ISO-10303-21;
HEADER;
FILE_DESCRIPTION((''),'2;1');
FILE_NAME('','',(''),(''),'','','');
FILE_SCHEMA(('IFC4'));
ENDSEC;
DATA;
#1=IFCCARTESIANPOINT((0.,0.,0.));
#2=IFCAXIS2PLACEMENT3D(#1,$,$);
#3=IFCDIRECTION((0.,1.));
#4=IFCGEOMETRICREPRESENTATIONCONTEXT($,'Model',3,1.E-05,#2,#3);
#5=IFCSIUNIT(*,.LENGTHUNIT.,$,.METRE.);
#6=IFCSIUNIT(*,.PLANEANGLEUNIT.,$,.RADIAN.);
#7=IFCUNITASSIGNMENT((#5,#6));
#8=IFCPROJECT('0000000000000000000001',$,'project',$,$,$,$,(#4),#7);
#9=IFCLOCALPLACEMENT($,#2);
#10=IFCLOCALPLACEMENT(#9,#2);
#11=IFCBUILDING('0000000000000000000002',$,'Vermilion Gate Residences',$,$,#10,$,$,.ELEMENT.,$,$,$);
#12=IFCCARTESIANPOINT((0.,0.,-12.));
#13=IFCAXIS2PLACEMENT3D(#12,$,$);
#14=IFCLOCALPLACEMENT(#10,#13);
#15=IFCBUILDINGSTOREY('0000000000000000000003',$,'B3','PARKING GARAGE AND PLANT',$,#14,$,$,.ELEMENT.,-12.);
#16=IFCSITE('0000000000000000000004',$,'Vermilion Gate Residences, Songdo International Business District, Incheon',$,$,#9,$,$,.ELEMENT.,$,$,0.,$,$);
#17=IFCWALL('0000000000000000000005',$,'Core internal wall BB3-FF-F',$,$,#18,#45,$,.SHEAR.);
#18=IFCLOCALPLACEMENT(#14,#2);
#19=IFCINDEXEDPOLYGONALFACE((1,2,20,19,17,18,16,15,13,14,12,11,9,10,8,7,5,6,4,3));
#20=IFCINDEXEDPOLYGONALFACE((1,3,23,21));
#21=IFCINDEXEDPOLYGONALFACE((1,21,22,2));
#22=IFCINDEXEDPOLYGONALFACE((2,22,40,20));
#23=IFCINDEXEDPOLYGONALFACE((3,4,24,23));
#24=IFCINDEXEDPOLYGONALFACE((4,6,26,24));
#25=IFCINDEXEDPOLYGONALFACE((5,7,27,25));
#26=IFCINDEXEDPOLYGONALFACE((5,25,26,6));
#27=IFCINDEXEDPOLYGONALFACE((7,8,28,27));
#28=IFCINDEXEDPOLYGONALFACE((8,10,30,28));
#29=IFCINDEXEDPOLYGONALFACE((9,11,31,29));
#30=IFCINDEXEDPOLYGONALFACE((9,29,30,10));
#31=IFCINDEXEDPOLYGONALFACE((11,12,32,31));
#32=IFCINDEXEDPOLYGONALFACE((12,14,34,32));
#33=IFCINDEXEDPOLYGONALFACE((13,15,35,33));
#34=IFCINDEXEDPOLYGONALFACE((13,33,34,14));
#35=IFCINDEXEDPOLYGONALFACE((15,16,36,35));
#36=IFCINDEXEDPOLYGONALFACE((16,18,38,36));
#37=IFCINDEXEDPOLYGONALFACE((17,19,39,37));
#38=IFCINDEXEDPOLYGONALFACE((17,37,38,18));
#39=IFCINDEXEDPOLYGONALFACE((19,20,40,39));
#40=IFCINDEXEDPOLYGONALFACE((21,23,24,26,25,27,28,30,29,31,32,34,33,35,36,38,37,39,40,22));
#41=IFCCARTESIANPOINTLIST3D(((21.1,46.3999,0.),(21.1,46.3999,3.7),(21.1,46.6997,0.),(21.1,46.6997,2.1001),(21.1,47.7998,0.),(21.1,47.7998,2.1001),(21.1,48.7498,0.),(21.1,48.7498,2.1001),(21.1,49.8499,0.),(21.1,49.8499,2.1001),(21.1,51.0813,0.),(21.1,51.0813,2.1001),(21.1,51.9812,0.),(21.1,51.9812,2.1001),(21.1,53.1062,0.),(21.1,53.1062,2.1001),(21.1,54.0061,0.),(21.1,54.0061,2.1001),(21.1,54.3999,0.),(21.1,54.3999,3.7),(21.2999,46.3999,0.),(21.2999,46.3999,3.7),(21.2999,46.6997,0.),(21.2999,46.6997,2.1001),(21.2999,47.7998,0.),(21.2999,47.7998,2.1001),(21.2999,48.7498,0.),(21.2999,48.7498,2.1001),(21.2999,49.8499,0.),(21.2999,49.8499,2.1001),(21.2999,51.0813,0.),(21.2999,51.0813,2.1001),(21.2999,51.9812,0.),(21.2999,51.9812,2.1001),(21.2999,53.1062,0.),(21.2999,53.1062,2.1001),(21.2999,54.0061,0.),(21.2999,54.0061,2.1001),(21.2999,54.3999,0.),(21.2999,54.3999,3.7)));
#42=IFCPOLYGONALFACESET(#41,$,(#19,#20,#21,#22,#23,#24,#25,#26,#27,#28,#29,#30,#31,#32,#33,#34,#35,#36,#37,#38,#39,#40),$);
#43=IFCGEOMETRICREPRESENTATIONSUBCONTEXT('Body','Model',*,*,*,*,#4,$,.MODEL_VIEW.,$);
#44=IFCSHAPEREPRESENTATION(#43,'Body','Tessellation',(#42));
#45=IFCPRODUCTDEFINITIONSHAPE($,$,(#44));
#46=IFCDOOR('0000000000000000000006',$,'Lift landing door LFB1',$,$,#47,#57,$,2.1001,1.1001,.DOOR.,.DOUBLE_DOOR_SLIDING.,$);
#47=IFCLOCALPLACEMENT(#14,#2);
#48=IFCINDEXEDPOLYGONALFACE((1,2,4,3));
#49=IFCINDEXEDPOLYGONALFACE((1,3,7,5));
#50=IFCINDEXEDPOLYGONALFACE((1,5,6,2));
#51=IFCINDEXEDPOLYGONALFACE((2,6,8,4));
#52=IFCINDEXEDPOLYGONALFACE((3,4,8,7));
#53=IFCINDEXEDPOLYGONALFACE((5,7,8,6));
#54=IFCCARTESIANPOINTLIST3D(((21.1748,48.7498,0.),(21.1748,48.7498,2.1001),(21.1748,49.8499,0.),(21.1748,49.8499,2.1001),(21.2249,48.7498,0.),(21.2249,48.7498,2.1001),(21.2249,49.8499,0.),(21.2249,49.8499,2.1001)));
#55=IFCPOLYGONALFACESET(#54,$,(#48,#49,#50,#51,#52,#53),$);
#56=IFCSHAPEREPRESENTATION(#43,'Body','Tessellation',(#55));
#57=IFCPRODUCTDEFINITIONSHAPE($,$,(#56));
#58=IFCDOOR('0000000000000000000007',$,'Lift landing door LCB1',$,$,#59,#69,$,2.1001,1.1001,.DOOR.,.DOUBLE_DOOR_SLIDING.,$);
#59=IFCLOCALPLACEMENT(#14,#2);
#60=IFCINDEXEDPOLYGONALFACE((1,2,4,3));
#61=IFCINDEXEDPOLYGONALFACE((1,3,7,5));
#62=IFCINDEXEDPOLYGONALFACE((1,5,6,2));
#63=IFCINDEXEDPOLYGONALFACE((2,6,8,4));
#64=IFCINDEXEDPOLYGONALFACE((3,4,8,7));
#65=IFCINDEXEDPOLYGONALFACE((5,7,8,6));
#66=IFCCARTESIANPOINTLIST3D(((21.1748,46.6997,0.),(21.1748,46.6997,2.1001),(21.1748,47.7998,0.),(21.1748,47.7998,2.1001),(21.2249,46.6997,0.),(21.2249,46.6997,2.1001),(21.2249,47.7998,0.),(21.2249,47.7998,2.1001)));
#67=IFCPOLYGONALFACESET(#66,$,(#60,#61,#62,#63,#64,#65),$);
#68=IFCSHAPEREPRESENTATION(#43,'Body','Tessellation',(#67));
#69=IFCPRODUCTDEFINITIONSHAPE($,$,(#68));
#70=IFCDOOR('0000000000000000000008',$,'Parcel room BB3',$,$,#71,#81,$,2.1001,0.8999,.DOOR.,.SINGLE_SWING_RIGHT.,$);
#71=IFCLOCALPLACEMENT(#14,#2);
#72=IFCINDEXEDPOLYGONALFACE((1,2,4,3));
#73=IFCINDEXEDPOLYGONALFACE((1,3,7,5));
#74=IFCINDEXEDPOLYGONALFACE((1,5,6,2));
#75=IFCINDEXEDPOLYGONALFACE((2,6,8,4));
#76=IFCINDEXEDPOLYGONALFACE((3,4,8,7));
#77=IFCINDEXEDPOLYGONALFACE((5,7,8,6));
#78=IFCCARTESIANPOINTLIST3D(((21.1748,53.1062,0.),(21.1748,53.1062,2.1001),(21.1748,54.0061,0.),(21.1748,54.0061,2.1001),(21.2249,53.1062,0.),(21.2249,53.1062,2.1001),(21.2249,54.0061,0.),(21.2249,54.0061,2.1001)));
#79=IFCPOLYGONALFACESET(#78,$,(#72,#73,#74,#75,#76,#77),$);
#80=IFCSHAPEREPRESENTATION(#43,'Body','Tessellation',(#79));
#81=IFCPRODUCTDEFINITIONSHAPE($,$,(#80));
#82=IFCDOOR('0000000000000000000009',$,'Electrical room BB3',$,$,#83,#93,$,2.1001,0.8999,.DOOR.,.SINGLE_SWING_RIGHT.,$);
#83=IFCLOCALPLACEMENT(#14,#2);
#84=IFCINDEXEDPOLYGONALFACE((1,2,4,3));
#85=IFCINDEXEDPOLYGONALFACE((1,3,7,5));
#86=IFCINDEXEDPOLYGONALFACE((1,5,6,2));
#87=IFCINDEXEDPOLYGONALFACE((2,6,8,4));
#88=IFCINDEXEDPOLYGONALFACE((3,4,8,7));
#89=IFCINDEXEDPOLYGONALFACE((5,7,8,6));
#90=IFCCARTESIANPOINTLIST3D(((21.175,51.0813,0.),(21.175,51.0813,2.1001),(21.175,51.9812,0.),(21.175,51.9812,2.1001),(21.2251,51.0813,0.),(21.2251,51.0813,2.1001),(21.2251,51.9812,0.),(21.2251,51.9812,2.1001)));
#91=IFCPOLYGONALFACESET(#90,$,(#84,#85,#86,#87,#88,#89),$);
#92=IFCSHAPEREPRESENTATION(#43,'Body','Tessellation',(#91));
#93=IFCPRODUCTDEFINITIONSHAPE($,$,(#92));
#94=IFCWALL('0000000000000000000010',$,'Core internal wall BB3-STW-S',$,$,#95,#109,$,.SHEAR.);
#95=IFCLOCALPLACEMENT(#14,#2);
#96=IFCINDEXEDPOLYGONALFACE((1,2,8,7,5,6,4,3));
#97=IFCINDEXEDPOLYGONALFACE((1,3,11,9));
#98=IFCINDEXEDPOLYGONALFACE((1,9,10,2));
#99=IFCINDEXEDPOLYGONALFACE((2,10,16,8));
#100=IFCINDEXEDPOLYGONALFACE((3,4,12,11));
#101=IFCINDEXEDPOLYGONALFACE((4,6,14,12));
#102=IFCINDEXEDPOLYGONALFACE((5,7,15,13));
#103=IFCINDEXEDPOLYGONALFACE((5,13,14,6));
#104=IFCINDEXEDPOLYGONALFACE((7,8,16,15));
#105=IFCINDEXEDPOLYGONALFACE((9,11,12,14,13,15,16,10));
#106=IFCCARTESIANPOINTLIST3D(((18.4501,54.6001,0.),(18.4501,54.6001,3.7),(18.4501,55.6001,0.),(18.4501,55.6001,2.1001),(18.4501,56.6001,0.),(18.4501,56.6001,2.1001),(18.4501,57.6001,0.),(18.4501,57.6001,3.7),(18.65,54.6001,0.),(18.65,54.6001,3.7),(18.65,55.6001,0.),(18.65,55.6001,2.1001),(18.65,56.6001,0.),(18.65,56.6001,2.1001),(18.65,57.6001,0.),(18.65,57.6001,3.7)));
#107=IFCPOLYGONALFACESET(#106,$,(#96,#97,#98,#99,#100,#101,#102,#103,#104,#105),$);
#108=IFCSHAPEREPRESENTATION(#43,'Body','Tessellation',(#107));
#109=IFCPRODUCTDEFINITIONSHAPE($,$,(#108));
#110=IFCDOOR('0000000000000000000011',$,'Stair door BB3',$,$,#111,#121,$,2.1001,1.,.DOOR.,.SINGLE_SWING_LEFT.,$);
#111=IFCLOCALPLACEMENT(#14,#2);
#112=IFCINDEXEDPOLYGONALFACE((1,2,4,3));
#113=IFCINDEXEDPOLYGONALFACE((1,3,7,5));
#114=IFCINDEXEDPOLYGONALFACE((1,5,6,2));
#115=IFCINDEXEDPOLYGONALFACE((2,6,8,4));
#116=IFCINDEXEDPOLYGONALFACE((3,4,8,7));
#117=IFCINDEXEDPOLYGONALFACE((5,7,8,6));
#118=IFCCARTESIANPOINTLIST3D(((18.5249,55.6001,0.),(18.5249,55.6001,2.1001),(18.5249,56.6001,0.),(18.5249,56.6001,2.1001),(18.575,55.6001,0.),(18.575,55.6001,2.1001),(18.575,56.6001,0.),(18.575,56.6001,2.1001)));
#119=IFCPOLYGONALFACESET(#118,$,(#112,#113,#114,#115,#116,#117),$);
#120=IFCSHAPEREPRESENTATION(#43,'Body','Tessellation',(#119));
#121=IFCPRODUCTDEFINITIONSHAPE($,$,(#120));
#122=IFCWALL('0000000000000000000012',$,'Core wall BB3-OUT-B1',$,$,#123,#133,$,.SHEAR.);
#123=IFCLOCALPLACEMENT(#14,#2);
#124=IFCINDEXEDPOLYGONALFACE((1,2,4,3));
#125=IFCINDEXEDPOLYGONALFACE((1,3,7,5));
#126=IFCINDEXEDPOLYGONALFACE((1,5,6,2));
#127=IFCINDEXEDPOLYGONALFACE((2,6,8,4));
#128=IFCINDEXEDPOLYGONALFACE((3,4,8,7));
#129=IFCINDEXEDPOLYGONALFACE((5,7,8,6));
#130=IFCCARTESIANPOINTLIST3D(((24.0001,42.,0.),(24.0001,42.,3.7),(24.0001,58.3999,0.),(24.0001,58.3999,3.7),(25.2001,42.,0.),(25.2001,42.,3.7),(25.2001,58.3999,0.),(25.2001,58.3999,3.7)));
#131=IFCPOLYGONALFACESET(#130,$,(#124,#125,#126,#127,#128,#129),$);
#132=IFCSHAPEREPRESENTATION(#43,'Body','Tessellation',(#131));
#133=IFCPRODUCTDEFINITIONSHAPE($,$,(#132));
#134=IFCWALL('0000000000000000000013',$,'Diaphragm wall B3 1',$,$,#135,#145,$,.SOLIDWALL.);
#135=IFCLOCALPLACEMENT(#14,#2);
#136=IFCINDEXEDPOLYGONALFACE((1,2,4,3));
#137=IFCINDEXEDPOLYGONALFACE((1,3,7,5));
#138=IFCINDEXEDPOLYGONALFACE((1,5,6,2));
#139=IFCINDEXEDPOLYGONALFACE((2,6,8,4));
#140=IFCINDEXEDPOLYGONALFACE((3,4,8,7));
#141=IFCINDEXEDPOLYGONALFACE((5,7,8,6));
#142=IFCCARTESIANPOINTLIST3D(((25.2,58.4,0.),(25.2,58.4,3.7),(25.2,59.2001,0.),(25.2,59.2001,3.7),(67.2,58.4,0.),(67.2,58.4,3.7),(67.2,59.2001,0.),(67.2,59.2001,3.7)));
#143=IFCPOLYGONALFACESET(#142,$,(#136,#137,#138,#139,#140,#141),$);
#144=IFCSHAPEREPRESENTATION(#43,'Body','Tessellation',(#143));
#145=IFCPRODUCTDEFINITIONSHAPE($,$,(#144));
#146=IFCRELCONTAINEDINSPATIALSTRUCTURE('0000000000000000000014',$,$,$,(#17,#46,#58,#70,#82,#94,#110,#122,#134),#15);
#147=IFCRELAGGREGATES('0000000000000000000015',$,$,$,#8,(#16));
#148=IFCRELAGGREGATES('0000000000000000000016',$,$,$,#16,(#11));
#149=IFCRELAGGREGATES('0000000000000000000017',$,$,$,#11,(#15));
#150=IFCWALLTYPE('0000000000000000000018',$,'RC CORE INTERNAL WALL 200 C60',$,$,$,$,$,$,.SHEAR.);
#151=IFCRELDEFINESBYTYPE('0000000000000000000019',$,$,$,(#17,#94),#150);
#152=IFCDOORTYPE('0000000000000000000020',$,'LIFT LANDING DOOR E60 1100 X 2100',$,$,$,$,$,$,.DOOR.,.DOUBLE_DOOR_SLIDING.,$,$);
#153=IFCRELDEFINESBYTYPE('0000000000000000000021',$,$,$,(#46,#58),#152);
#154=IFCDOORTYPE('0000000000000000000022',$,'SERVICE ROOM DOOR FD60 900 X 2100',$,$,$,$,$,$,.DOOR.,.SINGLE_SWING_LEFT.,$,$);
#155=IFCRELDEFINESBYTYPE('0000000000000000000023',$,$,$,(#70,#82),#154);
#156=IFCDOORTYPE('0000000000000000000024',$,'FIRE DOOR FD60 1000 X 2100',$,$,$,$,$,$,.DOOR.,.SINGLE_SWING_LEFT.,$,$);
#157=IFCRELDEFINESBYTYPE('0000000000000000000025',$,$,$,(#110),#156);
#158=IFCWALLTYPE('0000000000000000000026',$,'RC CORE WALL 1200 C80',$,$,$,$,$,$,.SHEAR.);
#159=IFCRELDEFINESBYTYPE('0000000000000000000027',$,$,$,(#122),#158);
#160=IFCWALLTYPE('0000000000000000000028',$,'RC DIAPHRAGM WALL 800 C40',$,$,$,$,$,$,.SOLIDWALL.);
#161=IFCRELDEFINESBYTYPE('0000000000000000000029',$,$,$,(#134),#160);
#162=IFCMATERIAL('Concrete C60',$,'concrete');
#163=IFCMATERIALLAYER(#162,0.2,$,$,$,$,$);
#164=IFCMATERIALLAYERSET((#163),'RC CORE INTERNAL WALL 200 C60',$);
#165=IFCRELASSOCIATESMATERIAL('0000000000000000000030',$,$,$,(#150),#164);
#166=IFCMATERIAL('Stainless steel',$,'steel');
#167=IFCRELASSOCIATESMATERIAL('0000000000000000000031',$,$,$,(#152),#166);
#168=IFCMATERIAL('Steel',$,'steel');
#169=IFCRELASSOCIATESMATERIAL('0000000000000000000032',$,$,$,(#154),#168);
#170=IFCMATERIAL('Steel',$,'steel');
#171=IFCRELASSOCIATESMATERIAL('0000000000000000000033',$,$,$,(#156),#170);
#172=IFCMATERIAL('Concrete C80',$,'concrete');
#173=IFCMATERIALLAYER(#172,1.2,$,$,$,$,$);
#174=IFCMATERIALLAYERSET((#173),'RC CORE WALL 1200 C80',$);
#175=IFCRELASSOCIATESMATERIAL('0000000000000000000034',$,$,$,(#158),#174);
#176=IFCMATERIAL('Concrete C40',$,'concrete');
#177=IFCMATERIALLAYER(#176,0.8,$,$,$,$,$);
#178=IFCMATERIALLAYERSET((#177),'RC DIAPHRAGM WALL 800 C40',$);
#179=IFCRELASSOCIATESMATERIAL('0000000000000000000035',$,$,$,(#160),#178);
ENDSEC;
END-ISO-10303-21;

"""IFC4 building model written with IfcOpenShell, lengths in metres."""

from ifc_helpers import new_model, si_unit, direction, frame, frame_2d, origin, place, context, subcontext, project, spatial, rectangle, extrude, material, layer, layer_set, type_object, element, fill, save


model = new_model("IFC4")

# Units and contexts
model_context = context("Model", 3, precision=1e-05, world=origin(), true_north=direction((0.0, 1.0)))
body_context = subcontext(model_context, "Body", "Model", "MODEL_VIEW")
ifc_project = project(units=[si_unit("LENGTHUNIT", "METRE"), si_unit("PLANEANGLEUNIT", "RADIAN")], contexts=[model_context])

# Site, building, storey
site_placement = place(None, origin())
site = spatial("IfcSite", under=ifc_project, at=site_placement, Name="Vermilion Gate Residences, Songdo International Business District, Incheon", CompositionType="ELEMENT", RefElevation=0.0)
building_placement = place(site_placement, origin())
building = spatial("IfcBuilding", under=site, at=building_placement, Name="Vermilion Gate Residences", CompositionType="ELEMENT")
storey_placement = place(building_placement, frame((0.0, 0.0, -12.0)))
storey = spatial("IfcBuildingStorey", under=building, at=storey_placement, Name="B3", Description="PARKING GARAGE AND PLANT", CompositionType="ELEMENT", Elevation=-12.0)

# Shared definitions
ifc_material_1 = material(Name="Concrete C60", Category="concrete")
ifc_layer_1 = layer(ifc_material_1, 0.2)
ifc_layer_set_1 = layer_set([ifc_layer_1], Name="RC CORE INTERNAL WALL 200 C60")
wall_type_1 = type_object("IfcWallType", Name="RC CORE INTERNAL WALL 200 C60", PredefinedType="SHEAR", material=ifc_layer_set_1)

# Wall, openings, doors
wall_1_placement = place(storey_placement, frame((21.2, 54.3999, 0.0), z_axis=(0.0, 0.0, 1.0), x_axis=(0.0, -1.0, 0.0)))
wall_1 = element("IfcWall", 1, at=wall_1_placement, inside=storey, type_object=wall_type_1, Name="Core internal wall BB3-FF-F", PredefinedType="SHEAR", context=body_context, shape_type="SweptSolid", body=[
    extrude(rectangle(XDim=8.0, YDim=0.2, at=frame_2d((4.0, 0.0))), origin(), (0.0, 0.0, 1.0), 3.7),
])
opening_1_placement = place(wall_1_placement, frame((0.3938, 0.0, 0.0)))
opening_1 = element("IfcOpeningElement", 2, at=opening_1_placement, cuts=wall_1, PredefinedType="OPENING", context=body_context, shape_type="SweptSolid", body=[
    extrude(rectangle(XDim=0.8999, YDim=2.1001, at=frame_2d((0.45, 1.05))), frame((0.0, 0.1099, 0.0), z_axis=(0.0, -1.0, 0.0), x_axis=(1.0, 0.0, 0.0)), (0.0, 0.0, 1.0), 0.22),
])
opening_2_placement = place(wall_1_placement, frame((2.4187, 0.0, 0.0)))
opening_2 = element("IfcOpeningElement", 3, at=opening_2_placement, cuts=wall_1, PredefinedType="OPENING", context=body_context, shape_type="SweptSolid", body=[
    extrude(rectangle(XDim=0.8999, YDim=2.1001, at=frame_2d((0.45, 1.05))), frame((0.0, 0.1099, 0.0), z_axis=(0.0, -1.0, 0.0), x_axis=(1.0, 0.0, 0.0)), (0.0, 0.0, 1.0), 0.22),
])
opening_3_placement = place(wall_1_placement, frame((4.55, 0.0, 0.0)))
opening_3 = element("IfcOpeningElement", 4, at=opening_3_placement, cuts=wall_1, PredefinedType="OPENING", context=body_context, shape_type="SweptSolid", body=[
    extrude(rectangle(XDim=1.1001, YDim=2.1001, at=frame_2d((0.55, 1.05))), frame((0.0, 0.1099, 0.0), z_axis=(0.0, -1.0, 0.0), x_axis=(1.0, 0.0, 0.0)), (0.0, 0.0, 1.0), 0.22),
])
opening_4_placement = place(wall_1_placement, frame((6.6001, 0.0, 0.0)))
opening_4 = element("IfcOpeningElement", 5, at=opening_4_placement, cuts=wall_1, PredefinedType="OPENING", context=body_context, shape_type="SweptSolid", body=[
    extrude(rectangle(XDim=1.1001, YDim=2.1001, at=frame_2d((0.55, 1.05))), frame((0.0, 0.1099, 0.0), z_axis=(0.0, -1.0, 0.0), x_axis=(1.0, 0.0, 0.0)), (0.0, 0.0, 1.0), 0.22),
])
ifc_material_2 = material(Name="Stainless steel", Category="steel")
door_type_1 = type_object("IfcDoorType", Name="LIFT LANDING DOOR E60 1100 X 2100", OperationType="DOUBLE_DOOR_SLIDING", PredefinedType="DOOR", material=ifc_material_2)
door_1_placement = place(opening_3_placement, origin())
door_1 = element("IfcDoor", 6, at=door_1_placement, inside=storey, type_object=door_type_1, Name="Lift landing door LFB1", OperationType="DOUBLE_DOOR_SLIDING", OverallHeight=2.1001, OverallWidth=1.1001, PredefinedType="DOOR", context=body_context, shape_type="SweptSolid", body=[
    extrude(rectangle(XDim=1.1001, YDim=2.1001, at=frame_2d((0.55, 1.05))), frame((0.0, 0.0249, 0.0), z_axis=(0.0, -1.0, 0.0), x_axis=(1.0, 0.0, 0.0)), (0.0, 0.0, 1.0), 0.05),
])
fill(opening_3, door_1)
door_2_placement = place(opening_4_placement, origin())
door_2 = element("IfcDoor", 7, at=door_2_placement, inside=storey, type_object=door_type_1, Name="Lift landing door LCB1", OperationType="DOUBLE_DOOR_SLIDING", OverallHeight=2.1001, OverallWidth=1.1001, PredefinedType="DOOR", context=body_context, shape_type="SweptSolid", body=[
    extrude(rectangle(XDim=1.1001, YDim=2.1001, at=frame_2d((0.55, 1.05))), frame((0.0, 0.0249, 0.0), z_axis=(0.0, -1.0, 0.0), x_axis=(1.0, 0.0, 0.0)), (0.0, 0.0, 1.0), 0.05),
])
fill(opening_4, door_2)
ifc_material_3 = material(Name="Steel", Category="steel")
door_type_2 = type_object("IfcDoorType", Name="SERVICE ROOM DOOR FD60 900 X 2100", OperationType="SINGLE_SWING_LEFT", PredefinedType="DOOR", material=ifc_material_3)
door_3_placement = place(opening_1_placement, origin())
door_3 = element("IfcDoor", 8, at=door_3_placement, inside=storey, type_object=door_type_2, Name="Parcel room BB3", OperationType="SINGLE_SWING_RIGHT", OverallHeight=2.1001, OverallWidth=0.8999, PredefinedType="DOOR", context=body_context, shape_type="SweptSolid", body=[
    extrude(rectangle(XDim=0.8999, YDim=2.1001, at=frame_2d((0.45, 1.05))), frame((0.0, 0.0249, 0.0), z_axis=(0.0, -1.0, 0.0), x_axis=(1.0, 0.0, 0.0)), (0.0, 0.0, 1.0), 0.05),
])
fill(opening_1, door_3)
door_4_placement = place(opening_2_placement, frame((0.8999, 0.0, 0.0), z_axis=(0.0, 0.0, 1.0), x_axis=(-1.0, 0.0, 0.0)))
door_4 = element("IfcDoor", 9, at=door_4_placement, inside=storey, type_object=door_type_2, Name="Electrical room BB3", OperationType="SINGLE_SWING_RIGHT", OverallHeight=2.1001, OverallWidth=0.8999, PredefinedType="DOOR", context=body_context, shape_type="SweptSolid", body=[
    extrude(rectangle(XDim=0.8999, YDim=2.1001, at=frame_2d((0.45, 1.05))), frame((0.0, 0.0249, 0.0), z_axis=(0.0, -1.0, 0.0), x_axis=(1.0, 0.0, 0.0)), (0.0, 0.0, 1.0), 0.05),
])
fill(opening_2, door_4)

# Wall, opening, door
wall_2_placement = place(storey_placement, frame((18.55, 57.6001, 0.0), z_axis=(0.0, 0.0, 1.0), x_axis=(0.0, -1.0, 0.0)))
wall_2 = element("IfcWall", 10, at=wall_2_placement, inside=storey, type_object=wall_type_1, Name="Core internal wall BB3-STW-S", PredefinedType="SHEAR", context=body_context, shape_type="SweptSolid", body=[
    extrude(rectangle(XDim=3.0, YDim=0.2, at=frame_2d((1.5, 0.0))), origin(), (0.0, 0.0, 1.0), 3.7),
])
opening_5_placement = place(wall_2_placement, frame((1.0, 0.0, 0.0)))
opening_5 = element("IfcOpeningElement", 11, at=opening_5_placement, cuts=wall_2, PredefinedType="OPENING", context=body_context, shape_type="SweptSolid", body=[
    extrude(rectangle(XDim=1.0, YDim=2.1001, at=frame_2d((0.5, 1.05))), frame((0.0, 0.1099, 0.0), z_axis=(0.0, -1.0, 0.0), x_axis=(1.0, 0.0, 0.0)), (0.0, 0.0, 1.0), 0.22),
])
ifc_material_4 = material(Name="Steel", Category="steel")
door_type_3 = type_object("IfcDoorType", Name="FIRE DOOR FD60 1000 X 2100", OperationType="SINGLE_SWING_LEFT", PredefinedType="DOOR", material=ifc_material_4)
door_5_placement = place(opening_5_placement, origin())
door_5 = element("IfcDoor", 12, at=door_5_placement, inside=storey, type_object=door_type_3, Name="Stair door BB3", OperationType="SINGLE_SWING_LEFT", OverallHeight=2.1001, OverallWidth=1.0, PredefinedType="DOOR", context=body_context, shape_type="SweptSolid", body=[
    extrude(rectangle(XDim=1.0, YDim=2.1001, at=frame_2d((0.5, 1.05))), frame((0.0, 0.0249, 0.0), z_axis=(0.0, -1.0, 0.0), x_axis=(1.0, 0.0, 0.0)), (0.0, 0.0, 1.0), 0.05),
])
fill(opening_5, door_5)

# Walls
ifc_material_5 = material(Name="Concrete C80", Category="concrete")
ifc_layer_2 = layer(ifc_material_5, 1.2)
ifc_layer_set_2 = layer_set([ifc_layer_2], Name="RC CORE WALL 1200 C80")
wall_type_2 = type_object("IfcWallType", Name="RC CORE WALL 1200 C80", PredefinedType="SHEAR", material=ifc_layer_set_2)
wall_3_placement = place(storey_placement, frame((24.6001, 58.3999, 0.0), z_axis=(0.0, 0.0, 1.0), x_axis=(0.0, -1.0, 0.0)))
element("IfcWall", 13, at=wall_3_placement, inside=storey, type_object=wall_type_2, Name="Core wall BB3-OUT-B1", PredefinedType="SHEAR", context=body_context, shape_type="SweptSolid", body=[
    extrude(rectangle(XDim=16.3999, YDim=1.2, at=frame_2d((8.2, 0.0))), origin(), (0.0, 0.0, 1.0), 3.7),
])
ifc_material_6 = material(Name="Concrete C40", Category="concrete")
ifc_layer_3 = layer(ifc_material_6, 0.8)
ifc_layer_set_3 = layer_set([ifc_layer_3], Name="RC DIAPHRAGM WALL 800 C40")
wall_type_3 = type_object("IfcWallType", Name="RC DIAPHRAGM WALL 800 C40", PredefinedType="SOLIDWALL", material=ifc_layer_set_3)
wall_4_placement = place(storey_placement, frame((25.2, 58.8, 0.0), z_axis=(0.0, 0.0, 1.0), x_axis=(1.0, 0.0, 0.0)))
element("IfcWall", 14, at=wall_4_placement, inside=storey, type_object=wall_type_3, Name="Diaphragm wall B3 1", PredefinedType="SOLIDWALL", context=body_context, shape_type="SweptSolid", body=[
    extrude(rectangle(XDim=42.0, YDim=0.8, at=frame_2d((21.0, 0.0))), origin(), (0.0, 0.0, 1.0), 3.7),
])

save(model, "model.ifc")
